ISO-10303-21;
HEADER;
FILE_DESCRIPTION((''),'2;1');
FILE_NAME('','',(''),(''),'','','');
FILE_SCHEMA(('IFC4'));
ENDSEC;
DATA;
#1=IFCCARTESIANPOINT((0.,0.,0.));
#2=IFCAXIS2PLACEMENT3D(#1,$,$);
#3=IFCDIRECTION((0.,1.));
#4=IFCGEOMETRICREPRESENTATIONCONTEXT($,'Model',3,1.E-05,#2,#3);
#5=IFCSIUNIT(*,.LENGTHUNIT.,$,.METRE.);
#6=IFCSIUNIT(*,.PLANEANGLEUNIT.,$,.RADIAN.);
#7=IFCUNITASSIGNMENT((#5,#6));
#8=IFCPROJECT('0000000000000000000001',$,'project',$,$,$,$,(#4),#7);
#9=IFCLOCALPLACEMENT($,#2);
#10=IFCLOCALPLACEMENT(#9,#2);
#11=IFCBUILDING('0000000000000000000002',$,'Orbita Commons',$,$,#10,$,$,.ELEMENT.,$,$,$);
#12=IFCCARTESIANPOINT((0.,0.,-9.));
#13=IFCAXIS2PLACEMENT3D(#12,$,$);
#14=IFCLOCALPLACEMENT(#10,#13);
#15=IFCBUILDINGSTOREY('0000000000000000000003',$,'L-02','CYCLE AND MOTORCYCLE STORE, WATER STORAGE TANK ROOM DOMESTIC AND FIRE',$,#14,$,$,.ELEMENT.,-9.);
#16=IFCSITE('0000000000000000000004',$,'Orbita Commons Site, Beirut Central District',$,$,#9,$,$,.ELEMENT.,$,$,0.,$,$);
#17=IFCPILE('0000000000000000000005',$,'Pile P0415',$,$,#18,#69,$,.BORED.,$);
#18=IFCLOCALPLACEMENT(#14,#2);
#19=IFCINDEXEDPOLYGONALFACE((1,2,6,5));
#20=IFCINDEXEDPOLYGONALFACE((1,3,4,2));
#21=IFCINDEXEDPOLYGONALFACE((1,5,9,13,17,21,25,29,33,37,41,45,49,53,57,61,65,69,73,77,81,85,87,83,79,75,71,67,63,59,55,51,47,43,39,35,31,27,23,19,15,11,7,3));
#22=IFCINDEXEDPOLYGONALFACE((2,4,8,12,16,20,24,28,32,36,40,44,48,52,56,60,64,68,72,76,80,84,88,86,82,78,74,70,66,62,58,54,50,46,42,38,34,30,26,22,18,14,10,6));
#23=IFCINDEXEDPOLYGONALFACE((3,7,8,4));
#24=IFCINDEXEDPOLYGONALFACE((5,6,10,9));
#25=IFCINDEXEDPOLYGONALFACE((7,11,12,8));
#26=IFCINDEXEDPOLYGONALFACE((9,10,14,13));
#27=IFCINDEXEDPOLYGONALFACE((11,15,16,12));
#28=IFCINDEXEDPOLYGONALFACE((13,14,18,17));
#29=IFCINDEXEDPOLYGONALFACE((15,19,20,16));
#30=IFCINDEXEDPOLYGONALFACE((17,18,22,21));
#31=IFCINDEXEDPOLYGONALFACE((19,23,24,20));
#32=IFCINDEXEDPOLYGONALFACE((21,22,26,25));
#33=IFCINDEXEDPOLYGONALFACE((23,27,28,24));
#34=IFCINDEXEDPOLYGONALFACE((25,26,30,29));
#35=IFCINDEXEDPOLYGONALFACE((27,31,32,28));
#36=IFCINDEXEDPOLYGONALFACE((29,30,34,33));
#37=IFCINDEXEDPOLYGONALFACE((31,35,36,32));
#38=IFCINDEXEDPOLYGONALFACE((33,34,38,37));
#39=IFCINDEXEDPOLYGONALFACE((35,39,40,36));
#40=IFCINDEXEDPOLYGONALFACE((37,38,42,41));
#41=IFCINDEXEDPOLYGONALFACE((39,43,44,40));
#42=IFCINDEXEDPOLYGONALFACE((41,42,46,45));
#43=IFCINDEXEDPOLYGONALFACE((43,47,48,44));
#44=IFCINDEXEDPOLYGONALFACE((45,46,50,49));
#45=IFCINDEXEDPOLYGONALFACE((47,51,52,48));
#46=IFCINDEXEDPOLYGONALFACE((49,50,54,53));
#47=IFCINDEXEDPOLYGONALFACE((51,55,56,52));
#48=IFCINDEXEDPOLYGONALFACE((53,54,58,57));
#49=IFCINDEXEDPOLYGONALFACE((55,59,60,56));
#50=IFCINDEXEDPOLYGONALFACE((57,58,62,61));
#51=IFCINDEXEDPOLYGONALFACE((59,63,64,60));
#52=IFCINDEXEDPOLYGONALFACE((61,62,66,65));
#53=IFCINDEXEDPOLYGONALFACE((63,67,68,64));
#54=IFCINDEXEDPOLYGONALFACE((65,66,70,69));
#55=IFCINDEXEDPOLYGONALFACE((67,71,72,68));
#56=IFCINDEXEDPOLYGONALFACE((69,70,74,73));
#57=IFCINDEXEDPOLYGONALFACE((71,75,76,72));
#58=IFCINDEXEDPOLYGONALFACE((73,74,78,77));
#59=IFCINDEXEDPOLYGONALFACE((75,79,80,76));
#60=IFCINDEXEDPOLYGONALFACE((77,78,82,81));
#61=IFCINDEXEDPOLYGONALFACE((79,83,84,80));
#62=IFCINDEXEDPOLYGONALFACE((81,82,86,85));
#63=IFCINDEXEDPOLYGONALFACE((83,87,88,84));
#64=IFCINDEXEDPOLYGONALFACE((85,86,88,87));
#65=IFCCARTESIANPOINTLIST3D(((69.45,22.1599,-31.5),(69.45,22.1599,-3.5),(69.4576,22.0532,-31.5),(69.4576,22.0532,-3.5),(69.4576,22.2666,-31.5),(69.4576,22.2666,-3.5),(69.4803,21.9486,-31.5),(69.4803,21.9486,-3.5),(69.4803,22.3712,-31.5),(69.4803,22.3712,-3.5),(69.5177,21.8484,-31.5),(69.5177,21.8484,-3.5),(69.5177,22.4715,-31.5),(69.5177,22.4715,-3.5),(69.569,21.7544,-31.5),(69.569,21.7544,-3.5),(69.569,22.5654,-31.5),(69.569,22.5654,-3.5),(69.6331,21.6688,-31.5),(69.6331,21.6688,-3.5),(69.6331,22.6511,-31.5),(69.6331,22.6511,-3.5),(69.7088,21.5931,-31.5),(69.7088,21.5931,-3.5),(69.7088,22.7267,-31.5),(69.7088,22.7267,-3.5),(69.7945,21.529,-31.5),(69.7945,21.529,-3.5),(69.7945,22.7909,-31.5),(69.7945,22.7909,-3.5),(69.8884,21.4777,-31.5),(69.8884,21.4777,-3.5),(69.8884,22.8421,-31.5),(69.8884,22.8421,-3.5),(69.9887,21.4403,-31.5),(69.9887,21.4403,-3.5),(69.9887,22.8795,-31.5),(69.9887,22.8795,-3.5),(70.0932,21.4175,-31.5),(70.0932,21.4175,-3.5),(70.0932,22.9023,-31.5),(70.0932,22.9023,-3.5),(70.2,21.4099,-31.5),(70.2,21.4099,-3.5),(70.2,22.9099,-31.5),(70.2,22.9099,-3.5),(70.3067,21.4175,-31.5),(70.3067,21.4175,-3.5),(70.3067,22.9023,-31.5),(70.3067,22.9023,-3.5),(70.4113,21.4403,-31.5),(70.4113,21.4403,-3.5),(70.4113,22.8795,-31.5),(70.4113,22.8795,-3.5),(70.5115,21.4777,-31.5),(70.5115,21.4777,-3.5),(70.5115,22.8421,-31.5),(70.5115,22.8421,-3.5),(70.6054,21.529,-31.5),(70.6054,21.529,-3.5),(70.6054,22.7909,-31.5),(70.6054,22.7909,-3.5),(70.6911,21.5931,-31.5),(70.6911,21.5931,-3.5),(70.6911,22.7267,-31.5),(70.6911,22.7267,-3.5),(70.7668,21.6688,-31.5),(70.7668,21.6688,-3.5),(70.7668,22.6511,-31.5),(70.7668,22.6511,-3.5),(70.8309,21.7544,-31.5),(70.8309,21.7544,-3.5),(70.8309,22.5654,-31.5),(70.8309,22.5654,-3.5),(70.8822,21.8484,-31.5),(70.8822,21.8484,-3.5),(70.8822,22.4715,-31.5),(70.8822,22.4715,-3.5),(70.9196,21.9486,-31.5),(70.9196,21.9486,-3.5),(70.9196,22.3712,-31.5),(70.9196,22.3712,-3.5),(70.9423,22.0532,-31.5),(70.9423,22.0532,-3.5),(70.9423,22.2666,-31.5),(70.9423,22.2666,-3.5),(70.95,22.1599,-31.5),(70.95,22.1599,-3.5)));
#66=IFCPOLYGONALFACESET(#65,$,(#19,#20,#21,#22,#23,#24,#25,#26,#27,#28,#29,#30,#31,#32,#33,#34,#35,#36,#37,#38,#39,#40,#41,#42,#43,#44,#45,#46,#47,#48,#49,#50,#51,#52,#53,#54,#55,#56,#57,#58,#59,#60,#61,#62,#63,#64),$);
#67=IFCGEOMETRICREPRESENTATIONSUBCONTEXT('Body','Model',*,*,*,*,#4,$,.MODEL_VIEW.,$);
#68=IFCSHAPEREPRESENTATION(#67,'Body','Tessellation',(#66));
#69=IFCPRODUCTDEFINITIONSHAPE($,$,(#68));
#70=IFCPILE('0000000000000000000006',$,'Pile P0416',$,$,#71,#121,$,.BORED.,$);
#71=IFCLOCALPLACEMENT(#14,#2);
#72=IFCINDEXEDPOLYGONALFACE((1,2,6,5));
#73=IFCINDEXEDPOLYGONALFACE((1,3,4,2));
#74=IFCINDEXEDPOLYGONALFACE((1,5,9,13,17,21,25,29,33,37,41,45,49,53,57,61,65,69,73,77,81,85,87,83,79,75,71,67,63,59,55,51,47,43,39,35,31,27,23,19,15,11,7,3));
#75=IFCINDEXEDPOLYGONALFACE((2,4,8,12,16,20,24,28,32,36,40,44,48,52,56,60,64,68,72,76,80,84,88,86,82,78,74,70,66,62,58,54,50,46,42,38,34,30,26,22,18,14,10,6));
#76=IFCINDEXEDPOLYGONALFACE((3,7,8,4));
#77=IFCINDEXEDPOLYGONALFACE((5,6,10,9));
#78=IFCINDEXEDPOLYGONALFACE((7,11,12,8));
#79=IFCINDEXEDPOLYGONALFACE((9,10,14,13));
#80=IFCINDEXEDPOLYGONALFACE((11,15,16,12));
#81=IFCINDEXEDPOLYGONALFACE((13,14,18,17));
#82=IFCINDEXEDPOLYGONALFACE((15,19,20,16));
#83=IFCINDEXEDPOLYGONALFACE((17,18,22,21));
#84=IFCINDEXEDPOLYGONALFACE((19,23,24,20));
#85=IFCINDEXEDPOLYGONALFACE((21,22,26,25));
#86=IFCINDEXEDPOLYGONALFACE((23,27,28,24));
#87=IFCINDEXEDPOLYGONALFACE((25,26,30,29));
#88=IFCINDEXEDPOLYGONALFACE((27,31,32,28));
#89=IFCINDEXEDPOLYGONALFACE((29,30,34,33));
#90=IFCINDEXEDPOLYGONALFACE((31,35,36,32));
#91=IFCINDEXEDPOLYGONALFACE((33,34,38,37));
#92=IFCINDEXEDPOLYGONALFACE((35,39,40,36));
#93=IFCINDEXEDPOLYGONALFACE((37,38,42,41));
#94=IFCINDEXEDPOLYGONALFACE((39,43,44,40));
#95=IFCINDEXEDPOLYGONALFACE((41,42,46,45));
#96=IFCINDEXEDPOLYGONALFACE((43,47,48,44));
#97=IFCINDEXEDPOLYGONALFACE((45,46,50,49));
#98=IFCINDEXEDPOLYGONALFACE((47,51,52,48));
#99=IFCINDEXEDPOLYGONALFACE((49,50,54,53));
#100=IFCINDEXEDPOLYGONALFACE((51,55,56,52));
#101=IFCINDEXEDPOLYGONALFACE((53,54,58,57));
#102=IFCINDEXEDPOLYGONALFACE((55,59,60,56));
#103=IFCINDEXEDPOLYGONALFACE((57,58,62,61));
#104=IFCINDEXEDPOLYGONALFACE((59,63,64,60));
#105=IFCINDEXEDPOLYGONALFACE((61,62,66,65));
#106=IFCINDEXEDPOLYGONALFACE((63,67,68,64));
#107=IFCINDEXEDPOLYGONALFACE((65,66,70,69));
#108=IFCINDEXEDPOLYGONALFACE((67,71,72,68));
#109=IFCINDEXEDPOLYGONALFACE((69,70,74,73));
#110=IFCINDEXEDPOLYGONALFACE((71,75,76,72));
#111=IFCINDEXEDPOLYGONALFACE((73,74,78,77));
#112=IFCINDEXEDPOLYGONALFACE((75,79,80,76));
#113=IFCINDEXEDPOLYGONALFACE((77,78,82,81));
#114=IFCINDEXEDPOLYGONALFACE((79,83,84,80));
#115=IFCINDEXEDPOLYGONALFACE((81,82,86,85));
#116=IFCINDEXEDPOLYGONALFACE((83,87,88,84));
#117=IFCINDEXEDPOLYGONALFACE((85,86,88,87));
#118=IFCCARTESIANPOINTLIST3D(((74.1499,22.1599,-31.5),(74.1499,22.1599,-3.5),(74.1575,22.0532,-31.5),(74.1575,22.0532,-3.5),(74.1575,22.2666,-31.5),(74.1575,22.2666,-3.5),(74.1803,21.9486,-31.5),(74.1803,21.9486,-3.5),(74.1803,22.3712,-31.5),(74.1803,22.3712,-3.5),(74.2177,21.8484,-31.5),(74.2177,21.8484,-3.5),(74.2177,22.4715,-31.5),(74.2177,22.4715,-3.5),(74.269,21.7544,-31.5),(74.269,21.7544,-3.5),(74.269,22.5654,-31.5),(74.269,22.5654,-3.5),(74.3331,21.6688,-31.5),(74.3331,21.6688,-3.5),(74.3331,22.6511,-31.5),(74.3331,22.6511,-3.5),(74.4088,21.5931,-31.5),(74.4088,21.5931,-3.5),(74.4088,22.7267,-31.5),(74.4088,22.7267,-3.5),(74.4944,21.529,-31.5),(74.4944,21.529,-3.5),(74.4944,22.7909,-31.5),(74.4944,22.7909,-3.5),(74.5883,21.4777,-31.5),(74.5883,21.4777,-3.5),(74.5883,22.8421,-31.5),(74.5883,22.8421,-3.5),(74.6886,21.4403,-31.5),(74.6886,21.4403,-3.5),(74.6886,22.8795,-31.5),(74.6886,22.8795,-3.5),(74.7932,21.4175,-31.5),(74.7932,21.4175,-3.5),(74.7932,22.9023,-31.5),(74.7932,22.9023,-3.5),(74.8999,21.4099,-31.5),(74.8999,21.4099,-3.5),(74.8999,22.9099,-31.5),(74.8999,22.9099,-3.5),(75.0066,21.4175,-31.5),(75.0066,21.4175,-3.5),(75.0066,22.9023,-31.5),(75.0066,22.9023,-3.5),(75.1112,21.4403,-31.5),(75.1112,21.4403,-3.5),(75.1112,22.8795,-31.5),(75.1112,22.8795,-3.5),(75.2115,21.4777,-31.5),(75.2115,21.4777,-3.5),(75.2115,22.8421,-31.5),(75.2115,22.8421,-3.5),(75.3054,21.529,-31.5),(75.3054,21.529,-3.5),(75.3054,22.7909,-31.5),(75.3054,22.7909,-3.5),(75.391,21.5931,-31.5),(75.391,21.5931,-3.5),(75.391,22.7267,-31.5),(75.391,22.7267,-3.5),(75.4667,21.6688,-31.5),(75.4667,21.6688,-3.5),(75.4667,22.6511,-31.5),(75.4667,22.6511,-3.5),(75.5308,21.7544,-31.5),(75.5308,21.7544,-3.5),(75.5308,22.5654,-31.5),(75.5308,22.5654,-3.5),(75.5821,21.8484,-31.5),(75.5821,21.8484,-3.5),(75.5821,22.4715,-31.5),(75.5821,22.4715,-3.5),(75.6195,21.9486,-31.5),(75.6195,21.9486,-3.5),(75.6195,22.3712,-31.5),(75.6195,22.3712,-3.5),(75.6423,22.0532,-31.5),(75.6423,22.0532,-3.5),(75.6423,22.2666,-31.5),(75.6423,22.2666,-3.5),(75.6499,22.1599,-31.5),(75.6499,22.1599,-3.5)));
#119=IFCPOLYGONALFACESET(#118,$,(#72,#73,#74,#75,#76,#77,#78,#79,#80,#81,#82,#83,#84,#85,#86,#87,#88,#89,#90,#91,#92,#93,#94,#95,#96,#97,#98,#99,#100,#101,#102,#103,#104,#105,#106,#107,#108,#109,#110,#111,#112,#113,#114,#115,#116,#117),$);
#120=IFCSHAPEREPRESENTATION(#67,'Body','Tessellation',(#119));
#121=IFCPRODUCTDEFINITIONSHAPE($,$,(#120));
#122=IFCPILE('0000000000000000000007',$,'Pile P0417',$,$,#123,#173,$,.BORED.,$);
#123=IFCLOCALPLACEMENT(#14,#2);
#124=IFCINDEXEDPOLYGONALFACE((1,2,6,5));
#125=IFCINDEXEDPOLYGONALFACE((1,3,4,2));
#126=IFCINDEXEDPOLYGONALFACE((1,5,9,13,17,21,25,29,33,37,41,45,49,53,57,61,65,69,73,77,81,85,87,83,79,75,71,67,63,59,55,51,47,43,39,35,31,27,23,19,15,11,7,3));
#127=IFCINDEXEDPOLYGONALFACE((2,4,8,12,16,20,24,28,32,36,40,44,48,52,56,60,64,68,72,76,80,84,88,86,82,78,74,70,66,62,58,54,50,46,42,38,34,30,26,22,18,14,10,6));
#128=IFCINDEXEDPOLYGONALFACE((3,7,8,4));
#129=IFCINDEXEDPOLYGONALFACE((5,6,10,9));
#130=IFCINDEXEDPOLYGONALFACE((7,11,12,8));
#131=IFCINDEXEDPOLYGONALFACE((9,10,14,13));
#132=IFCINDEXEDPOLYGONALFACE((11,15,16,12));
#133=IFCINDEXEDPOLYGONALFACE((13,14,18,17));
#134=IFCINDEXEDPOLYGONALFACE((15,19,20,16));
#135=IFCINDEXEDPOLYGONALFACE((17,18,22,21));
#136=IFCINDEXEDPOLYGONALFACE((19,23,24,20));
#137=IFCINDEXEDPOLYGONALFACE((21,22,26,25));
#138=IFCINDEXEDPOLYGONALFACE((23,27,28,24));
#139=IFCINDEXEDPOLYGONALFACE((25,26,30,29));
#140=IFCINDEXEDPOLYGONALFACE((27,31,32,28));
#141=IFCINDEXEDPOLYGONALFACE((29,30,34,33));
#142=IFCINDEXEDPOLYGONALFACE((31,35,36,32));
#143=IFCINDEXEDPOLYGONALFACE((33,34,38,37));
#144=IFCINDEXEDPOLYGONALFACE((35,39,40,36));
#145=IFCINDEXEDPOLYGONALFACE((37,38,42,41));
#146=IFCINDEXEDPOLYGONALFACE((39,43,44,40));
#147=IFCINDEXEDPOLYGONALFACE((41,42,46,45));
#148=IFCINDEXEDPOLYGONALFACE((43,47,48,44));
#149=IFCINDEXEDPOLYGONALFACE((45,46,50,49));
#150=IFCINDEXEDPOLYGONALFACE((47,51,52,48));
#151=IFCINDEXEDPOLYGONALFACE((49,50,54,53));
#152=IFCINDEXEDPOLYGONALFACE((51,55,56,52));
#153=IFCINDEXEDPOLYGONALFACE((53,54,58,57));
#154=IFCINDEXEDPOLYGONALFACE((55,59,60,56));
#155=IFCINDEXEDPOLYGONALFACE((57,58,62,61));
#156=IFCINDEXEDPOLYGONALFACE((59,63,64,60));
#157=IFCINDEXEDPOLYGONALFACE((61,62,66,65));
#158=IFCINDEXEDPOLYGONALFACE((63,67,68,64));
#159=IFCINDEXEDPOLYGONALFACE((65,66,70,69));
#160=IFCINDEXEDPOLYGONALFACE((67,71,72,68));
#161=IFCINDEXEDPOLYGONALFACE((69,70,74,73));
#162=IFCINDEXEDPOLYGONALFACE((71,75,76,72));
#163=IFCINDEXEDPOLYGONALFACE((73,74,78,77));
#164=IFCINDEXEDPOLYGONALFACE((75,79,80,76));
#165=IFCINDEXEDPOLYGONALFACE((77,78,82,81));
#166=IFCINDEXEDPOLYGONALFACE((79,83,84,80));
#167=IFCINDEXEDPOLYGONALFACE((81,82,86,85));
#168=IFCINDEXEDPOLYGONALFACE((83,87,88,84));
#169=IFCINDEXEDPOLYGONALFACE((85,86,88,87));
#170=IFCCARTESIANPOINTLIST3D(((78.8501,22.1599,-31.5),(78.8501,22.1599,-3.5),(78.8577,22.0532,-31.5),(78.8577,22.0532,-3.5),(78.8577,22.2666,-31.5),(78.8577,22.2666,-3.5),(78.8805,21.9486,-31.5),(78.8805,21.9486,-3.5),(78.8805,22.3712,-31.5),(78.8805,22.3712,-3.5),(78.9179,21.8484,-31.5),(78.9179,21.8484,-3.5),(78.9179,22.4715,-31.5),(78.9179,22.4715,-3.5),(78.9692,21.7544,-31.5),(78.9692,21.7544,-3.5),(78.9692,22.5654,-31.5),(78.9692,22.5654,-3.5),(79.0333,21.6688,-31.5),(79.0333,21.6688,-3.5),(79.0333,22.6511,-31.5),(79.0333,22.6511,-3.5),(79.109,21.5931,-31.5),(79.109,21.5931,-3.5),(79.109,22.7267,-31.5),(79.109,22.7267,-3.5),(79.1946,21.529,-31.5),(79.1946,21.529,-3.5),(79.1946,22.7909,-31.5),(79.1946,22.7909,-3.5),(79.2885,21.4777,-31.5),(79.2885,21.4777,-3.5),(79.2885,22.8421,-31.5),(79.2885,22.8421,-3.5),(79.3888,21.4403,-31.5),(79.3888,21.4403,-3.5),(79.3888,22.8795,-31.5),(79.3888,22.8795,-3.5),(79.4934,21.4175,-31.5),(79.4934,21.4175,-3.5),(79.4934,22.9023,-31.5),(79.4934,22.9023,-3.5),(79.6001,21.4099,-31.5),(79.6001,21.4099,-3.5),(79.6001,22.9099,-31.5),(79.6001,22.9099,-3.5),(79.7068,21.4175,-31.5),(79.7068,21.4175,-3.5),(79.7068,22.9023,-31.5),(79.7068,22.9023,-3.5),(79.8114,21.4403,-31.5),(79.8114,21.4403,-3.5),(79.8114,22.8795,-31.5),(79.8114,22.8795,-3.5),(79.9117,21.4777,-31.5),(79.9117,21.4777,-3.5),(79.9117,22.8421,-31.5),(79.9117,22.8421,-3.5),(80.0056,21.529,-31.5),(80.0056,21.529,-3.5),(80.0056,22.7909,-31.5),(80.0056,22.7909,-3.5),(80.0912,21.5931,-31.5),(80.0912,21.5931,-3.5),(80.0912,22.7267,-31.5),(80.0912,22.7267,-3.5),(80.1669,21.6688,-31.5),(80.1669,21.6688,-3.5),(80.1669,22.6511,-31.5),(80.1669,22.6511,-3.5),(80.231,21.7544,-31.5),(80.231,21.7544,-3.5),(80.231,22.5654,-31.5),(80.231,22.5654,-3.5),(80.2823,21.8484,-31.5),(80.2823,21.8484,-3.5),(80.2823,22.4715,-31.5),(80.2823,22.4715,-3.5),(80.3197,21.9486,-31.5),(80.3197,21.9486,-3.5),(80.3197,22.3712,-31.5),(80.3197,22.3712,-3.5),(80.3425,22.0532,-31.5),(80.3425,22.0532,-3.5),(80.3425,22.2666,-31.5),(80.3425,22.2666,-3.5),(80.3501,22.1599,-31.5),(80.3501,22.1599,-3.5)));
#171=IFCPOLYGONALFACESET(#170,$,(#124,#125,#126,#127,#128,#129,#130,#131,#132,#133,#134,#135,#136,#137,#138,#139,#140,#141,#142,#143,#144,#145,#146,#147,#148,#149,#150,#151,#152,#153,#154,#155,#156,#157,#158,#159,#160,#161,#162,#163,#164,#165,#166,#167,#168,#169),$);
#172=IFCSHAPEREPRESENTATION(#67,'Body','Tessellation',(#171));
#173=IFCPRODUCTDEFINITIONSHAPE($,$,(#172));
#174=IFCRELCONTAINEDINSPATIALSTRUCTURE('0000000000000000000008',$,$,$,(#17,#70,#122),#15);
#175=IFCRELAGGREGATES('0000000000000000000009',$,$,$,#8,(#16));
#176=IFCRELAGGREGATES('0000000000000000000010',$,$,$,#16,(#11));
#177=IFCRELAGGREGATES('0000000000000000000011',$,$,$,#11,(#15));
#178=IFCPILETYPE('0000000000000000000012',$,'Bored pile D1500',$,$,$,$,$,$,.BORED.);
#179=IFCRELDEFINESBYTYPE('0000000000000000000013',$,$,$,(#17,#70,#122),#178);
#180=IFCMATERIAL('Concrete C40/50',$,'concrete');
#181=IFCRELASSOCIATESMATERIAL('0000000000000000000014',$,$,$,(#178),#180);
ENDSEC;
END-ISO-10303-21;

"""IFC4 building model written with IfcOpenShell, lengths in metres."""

from ifc_helpers import new_model, si_unit, direction, frame, origin, origin_2d, place, context, subcontext, project, spatial, circle, extrude, material, material_profile, profile_set, type_object, element, save


model = new_model("IFC4")

# Units and contexts
model_context = context("Model", 3, precision=1e-05, world=origin(), true_north=direction((0.0, 1.0)))
body_context = subcontext(model_context, "Body", "Model", "MODEL_VIEW")
ifc_project = project(units=[si_unit("LENGTHUNIT", "METRE"), si_unit("PLANEANGLEUNIT", "RADIAN")], contexts=[model_context])

# Site, building, storey
site_placement = place(None, origin())
site = spatial("IfcSite", under=ifc_project, at=site_placement, Name="Orbita Commons Site, Beirut Central District", CompositionType="ELEMENT", RefElevation=0.0)
building_placement = place(site_placement, origin())
building = spatial("IfcBuilding", under=site, at=building_placement, Name="Orbita Commons", CompositionType="ELEMENT")
storey_placement = place(building_placement, frame((0.0, 0.0, -9.0)))
storey = spatial("IfcBuildingStorey", under=building, at=storey_placement, Name="L-02", Description="CYCLE AND MOTORCYCLE STORE, WATER STORAGE TANK ROOM DOMESTIC AND FIRE", CompositionType="ELEMENT", Elevation=-9.0)

# Piles
ifc_material_1 = material(Name="Concrete C40/50", Category="concrete")
ifc_material_profile_1 = material_profile(ifc_material_1, circle(Radius=0.75, at=origin_2d()), Name="RC D1500")
ifc_profile_set_1 = profile_set([ifc_material_profile_1], Name="Concrete C40/50")
pile_type = type_object("IfcPileType", Name="Bored pile D1500", PredefinedType="BORED", material=ifc_profile_set_1)
for number, where, z_axis, x_axis, name in (
    (1, (70.2, 22.1599, -3.5), (0.0, 0.0, -1.0), (1.0, 0.0, 0.0), "Pile P0415"),
    (2, (74.8999, 22.1599, -3.5), (0.0, 0.0, -1.0), (1.0, 0.0, 0.0), "Pile P0416"),
    (3, (79.6001, 22.1599, -3.5), (0.0, 0.0, -1.0), (1.0, 0.0, 0.0), "Pile P0417"),
):
    element("IfcPile", number, at=place(storey_placement, frame(where, z_axis=z_axis, x_axis=x_axis)), inside=storey, type_object=pile_type, Name=name, PredefinedType="BORED", context=body_context, shape_type="SweptSolid", body=[
        extrude(circle(Radius=0.75, at=origin_2d()), origin(), (0.0, 0.0, 1.0), 28.0),
    ])

save(model, "model.ifc")
